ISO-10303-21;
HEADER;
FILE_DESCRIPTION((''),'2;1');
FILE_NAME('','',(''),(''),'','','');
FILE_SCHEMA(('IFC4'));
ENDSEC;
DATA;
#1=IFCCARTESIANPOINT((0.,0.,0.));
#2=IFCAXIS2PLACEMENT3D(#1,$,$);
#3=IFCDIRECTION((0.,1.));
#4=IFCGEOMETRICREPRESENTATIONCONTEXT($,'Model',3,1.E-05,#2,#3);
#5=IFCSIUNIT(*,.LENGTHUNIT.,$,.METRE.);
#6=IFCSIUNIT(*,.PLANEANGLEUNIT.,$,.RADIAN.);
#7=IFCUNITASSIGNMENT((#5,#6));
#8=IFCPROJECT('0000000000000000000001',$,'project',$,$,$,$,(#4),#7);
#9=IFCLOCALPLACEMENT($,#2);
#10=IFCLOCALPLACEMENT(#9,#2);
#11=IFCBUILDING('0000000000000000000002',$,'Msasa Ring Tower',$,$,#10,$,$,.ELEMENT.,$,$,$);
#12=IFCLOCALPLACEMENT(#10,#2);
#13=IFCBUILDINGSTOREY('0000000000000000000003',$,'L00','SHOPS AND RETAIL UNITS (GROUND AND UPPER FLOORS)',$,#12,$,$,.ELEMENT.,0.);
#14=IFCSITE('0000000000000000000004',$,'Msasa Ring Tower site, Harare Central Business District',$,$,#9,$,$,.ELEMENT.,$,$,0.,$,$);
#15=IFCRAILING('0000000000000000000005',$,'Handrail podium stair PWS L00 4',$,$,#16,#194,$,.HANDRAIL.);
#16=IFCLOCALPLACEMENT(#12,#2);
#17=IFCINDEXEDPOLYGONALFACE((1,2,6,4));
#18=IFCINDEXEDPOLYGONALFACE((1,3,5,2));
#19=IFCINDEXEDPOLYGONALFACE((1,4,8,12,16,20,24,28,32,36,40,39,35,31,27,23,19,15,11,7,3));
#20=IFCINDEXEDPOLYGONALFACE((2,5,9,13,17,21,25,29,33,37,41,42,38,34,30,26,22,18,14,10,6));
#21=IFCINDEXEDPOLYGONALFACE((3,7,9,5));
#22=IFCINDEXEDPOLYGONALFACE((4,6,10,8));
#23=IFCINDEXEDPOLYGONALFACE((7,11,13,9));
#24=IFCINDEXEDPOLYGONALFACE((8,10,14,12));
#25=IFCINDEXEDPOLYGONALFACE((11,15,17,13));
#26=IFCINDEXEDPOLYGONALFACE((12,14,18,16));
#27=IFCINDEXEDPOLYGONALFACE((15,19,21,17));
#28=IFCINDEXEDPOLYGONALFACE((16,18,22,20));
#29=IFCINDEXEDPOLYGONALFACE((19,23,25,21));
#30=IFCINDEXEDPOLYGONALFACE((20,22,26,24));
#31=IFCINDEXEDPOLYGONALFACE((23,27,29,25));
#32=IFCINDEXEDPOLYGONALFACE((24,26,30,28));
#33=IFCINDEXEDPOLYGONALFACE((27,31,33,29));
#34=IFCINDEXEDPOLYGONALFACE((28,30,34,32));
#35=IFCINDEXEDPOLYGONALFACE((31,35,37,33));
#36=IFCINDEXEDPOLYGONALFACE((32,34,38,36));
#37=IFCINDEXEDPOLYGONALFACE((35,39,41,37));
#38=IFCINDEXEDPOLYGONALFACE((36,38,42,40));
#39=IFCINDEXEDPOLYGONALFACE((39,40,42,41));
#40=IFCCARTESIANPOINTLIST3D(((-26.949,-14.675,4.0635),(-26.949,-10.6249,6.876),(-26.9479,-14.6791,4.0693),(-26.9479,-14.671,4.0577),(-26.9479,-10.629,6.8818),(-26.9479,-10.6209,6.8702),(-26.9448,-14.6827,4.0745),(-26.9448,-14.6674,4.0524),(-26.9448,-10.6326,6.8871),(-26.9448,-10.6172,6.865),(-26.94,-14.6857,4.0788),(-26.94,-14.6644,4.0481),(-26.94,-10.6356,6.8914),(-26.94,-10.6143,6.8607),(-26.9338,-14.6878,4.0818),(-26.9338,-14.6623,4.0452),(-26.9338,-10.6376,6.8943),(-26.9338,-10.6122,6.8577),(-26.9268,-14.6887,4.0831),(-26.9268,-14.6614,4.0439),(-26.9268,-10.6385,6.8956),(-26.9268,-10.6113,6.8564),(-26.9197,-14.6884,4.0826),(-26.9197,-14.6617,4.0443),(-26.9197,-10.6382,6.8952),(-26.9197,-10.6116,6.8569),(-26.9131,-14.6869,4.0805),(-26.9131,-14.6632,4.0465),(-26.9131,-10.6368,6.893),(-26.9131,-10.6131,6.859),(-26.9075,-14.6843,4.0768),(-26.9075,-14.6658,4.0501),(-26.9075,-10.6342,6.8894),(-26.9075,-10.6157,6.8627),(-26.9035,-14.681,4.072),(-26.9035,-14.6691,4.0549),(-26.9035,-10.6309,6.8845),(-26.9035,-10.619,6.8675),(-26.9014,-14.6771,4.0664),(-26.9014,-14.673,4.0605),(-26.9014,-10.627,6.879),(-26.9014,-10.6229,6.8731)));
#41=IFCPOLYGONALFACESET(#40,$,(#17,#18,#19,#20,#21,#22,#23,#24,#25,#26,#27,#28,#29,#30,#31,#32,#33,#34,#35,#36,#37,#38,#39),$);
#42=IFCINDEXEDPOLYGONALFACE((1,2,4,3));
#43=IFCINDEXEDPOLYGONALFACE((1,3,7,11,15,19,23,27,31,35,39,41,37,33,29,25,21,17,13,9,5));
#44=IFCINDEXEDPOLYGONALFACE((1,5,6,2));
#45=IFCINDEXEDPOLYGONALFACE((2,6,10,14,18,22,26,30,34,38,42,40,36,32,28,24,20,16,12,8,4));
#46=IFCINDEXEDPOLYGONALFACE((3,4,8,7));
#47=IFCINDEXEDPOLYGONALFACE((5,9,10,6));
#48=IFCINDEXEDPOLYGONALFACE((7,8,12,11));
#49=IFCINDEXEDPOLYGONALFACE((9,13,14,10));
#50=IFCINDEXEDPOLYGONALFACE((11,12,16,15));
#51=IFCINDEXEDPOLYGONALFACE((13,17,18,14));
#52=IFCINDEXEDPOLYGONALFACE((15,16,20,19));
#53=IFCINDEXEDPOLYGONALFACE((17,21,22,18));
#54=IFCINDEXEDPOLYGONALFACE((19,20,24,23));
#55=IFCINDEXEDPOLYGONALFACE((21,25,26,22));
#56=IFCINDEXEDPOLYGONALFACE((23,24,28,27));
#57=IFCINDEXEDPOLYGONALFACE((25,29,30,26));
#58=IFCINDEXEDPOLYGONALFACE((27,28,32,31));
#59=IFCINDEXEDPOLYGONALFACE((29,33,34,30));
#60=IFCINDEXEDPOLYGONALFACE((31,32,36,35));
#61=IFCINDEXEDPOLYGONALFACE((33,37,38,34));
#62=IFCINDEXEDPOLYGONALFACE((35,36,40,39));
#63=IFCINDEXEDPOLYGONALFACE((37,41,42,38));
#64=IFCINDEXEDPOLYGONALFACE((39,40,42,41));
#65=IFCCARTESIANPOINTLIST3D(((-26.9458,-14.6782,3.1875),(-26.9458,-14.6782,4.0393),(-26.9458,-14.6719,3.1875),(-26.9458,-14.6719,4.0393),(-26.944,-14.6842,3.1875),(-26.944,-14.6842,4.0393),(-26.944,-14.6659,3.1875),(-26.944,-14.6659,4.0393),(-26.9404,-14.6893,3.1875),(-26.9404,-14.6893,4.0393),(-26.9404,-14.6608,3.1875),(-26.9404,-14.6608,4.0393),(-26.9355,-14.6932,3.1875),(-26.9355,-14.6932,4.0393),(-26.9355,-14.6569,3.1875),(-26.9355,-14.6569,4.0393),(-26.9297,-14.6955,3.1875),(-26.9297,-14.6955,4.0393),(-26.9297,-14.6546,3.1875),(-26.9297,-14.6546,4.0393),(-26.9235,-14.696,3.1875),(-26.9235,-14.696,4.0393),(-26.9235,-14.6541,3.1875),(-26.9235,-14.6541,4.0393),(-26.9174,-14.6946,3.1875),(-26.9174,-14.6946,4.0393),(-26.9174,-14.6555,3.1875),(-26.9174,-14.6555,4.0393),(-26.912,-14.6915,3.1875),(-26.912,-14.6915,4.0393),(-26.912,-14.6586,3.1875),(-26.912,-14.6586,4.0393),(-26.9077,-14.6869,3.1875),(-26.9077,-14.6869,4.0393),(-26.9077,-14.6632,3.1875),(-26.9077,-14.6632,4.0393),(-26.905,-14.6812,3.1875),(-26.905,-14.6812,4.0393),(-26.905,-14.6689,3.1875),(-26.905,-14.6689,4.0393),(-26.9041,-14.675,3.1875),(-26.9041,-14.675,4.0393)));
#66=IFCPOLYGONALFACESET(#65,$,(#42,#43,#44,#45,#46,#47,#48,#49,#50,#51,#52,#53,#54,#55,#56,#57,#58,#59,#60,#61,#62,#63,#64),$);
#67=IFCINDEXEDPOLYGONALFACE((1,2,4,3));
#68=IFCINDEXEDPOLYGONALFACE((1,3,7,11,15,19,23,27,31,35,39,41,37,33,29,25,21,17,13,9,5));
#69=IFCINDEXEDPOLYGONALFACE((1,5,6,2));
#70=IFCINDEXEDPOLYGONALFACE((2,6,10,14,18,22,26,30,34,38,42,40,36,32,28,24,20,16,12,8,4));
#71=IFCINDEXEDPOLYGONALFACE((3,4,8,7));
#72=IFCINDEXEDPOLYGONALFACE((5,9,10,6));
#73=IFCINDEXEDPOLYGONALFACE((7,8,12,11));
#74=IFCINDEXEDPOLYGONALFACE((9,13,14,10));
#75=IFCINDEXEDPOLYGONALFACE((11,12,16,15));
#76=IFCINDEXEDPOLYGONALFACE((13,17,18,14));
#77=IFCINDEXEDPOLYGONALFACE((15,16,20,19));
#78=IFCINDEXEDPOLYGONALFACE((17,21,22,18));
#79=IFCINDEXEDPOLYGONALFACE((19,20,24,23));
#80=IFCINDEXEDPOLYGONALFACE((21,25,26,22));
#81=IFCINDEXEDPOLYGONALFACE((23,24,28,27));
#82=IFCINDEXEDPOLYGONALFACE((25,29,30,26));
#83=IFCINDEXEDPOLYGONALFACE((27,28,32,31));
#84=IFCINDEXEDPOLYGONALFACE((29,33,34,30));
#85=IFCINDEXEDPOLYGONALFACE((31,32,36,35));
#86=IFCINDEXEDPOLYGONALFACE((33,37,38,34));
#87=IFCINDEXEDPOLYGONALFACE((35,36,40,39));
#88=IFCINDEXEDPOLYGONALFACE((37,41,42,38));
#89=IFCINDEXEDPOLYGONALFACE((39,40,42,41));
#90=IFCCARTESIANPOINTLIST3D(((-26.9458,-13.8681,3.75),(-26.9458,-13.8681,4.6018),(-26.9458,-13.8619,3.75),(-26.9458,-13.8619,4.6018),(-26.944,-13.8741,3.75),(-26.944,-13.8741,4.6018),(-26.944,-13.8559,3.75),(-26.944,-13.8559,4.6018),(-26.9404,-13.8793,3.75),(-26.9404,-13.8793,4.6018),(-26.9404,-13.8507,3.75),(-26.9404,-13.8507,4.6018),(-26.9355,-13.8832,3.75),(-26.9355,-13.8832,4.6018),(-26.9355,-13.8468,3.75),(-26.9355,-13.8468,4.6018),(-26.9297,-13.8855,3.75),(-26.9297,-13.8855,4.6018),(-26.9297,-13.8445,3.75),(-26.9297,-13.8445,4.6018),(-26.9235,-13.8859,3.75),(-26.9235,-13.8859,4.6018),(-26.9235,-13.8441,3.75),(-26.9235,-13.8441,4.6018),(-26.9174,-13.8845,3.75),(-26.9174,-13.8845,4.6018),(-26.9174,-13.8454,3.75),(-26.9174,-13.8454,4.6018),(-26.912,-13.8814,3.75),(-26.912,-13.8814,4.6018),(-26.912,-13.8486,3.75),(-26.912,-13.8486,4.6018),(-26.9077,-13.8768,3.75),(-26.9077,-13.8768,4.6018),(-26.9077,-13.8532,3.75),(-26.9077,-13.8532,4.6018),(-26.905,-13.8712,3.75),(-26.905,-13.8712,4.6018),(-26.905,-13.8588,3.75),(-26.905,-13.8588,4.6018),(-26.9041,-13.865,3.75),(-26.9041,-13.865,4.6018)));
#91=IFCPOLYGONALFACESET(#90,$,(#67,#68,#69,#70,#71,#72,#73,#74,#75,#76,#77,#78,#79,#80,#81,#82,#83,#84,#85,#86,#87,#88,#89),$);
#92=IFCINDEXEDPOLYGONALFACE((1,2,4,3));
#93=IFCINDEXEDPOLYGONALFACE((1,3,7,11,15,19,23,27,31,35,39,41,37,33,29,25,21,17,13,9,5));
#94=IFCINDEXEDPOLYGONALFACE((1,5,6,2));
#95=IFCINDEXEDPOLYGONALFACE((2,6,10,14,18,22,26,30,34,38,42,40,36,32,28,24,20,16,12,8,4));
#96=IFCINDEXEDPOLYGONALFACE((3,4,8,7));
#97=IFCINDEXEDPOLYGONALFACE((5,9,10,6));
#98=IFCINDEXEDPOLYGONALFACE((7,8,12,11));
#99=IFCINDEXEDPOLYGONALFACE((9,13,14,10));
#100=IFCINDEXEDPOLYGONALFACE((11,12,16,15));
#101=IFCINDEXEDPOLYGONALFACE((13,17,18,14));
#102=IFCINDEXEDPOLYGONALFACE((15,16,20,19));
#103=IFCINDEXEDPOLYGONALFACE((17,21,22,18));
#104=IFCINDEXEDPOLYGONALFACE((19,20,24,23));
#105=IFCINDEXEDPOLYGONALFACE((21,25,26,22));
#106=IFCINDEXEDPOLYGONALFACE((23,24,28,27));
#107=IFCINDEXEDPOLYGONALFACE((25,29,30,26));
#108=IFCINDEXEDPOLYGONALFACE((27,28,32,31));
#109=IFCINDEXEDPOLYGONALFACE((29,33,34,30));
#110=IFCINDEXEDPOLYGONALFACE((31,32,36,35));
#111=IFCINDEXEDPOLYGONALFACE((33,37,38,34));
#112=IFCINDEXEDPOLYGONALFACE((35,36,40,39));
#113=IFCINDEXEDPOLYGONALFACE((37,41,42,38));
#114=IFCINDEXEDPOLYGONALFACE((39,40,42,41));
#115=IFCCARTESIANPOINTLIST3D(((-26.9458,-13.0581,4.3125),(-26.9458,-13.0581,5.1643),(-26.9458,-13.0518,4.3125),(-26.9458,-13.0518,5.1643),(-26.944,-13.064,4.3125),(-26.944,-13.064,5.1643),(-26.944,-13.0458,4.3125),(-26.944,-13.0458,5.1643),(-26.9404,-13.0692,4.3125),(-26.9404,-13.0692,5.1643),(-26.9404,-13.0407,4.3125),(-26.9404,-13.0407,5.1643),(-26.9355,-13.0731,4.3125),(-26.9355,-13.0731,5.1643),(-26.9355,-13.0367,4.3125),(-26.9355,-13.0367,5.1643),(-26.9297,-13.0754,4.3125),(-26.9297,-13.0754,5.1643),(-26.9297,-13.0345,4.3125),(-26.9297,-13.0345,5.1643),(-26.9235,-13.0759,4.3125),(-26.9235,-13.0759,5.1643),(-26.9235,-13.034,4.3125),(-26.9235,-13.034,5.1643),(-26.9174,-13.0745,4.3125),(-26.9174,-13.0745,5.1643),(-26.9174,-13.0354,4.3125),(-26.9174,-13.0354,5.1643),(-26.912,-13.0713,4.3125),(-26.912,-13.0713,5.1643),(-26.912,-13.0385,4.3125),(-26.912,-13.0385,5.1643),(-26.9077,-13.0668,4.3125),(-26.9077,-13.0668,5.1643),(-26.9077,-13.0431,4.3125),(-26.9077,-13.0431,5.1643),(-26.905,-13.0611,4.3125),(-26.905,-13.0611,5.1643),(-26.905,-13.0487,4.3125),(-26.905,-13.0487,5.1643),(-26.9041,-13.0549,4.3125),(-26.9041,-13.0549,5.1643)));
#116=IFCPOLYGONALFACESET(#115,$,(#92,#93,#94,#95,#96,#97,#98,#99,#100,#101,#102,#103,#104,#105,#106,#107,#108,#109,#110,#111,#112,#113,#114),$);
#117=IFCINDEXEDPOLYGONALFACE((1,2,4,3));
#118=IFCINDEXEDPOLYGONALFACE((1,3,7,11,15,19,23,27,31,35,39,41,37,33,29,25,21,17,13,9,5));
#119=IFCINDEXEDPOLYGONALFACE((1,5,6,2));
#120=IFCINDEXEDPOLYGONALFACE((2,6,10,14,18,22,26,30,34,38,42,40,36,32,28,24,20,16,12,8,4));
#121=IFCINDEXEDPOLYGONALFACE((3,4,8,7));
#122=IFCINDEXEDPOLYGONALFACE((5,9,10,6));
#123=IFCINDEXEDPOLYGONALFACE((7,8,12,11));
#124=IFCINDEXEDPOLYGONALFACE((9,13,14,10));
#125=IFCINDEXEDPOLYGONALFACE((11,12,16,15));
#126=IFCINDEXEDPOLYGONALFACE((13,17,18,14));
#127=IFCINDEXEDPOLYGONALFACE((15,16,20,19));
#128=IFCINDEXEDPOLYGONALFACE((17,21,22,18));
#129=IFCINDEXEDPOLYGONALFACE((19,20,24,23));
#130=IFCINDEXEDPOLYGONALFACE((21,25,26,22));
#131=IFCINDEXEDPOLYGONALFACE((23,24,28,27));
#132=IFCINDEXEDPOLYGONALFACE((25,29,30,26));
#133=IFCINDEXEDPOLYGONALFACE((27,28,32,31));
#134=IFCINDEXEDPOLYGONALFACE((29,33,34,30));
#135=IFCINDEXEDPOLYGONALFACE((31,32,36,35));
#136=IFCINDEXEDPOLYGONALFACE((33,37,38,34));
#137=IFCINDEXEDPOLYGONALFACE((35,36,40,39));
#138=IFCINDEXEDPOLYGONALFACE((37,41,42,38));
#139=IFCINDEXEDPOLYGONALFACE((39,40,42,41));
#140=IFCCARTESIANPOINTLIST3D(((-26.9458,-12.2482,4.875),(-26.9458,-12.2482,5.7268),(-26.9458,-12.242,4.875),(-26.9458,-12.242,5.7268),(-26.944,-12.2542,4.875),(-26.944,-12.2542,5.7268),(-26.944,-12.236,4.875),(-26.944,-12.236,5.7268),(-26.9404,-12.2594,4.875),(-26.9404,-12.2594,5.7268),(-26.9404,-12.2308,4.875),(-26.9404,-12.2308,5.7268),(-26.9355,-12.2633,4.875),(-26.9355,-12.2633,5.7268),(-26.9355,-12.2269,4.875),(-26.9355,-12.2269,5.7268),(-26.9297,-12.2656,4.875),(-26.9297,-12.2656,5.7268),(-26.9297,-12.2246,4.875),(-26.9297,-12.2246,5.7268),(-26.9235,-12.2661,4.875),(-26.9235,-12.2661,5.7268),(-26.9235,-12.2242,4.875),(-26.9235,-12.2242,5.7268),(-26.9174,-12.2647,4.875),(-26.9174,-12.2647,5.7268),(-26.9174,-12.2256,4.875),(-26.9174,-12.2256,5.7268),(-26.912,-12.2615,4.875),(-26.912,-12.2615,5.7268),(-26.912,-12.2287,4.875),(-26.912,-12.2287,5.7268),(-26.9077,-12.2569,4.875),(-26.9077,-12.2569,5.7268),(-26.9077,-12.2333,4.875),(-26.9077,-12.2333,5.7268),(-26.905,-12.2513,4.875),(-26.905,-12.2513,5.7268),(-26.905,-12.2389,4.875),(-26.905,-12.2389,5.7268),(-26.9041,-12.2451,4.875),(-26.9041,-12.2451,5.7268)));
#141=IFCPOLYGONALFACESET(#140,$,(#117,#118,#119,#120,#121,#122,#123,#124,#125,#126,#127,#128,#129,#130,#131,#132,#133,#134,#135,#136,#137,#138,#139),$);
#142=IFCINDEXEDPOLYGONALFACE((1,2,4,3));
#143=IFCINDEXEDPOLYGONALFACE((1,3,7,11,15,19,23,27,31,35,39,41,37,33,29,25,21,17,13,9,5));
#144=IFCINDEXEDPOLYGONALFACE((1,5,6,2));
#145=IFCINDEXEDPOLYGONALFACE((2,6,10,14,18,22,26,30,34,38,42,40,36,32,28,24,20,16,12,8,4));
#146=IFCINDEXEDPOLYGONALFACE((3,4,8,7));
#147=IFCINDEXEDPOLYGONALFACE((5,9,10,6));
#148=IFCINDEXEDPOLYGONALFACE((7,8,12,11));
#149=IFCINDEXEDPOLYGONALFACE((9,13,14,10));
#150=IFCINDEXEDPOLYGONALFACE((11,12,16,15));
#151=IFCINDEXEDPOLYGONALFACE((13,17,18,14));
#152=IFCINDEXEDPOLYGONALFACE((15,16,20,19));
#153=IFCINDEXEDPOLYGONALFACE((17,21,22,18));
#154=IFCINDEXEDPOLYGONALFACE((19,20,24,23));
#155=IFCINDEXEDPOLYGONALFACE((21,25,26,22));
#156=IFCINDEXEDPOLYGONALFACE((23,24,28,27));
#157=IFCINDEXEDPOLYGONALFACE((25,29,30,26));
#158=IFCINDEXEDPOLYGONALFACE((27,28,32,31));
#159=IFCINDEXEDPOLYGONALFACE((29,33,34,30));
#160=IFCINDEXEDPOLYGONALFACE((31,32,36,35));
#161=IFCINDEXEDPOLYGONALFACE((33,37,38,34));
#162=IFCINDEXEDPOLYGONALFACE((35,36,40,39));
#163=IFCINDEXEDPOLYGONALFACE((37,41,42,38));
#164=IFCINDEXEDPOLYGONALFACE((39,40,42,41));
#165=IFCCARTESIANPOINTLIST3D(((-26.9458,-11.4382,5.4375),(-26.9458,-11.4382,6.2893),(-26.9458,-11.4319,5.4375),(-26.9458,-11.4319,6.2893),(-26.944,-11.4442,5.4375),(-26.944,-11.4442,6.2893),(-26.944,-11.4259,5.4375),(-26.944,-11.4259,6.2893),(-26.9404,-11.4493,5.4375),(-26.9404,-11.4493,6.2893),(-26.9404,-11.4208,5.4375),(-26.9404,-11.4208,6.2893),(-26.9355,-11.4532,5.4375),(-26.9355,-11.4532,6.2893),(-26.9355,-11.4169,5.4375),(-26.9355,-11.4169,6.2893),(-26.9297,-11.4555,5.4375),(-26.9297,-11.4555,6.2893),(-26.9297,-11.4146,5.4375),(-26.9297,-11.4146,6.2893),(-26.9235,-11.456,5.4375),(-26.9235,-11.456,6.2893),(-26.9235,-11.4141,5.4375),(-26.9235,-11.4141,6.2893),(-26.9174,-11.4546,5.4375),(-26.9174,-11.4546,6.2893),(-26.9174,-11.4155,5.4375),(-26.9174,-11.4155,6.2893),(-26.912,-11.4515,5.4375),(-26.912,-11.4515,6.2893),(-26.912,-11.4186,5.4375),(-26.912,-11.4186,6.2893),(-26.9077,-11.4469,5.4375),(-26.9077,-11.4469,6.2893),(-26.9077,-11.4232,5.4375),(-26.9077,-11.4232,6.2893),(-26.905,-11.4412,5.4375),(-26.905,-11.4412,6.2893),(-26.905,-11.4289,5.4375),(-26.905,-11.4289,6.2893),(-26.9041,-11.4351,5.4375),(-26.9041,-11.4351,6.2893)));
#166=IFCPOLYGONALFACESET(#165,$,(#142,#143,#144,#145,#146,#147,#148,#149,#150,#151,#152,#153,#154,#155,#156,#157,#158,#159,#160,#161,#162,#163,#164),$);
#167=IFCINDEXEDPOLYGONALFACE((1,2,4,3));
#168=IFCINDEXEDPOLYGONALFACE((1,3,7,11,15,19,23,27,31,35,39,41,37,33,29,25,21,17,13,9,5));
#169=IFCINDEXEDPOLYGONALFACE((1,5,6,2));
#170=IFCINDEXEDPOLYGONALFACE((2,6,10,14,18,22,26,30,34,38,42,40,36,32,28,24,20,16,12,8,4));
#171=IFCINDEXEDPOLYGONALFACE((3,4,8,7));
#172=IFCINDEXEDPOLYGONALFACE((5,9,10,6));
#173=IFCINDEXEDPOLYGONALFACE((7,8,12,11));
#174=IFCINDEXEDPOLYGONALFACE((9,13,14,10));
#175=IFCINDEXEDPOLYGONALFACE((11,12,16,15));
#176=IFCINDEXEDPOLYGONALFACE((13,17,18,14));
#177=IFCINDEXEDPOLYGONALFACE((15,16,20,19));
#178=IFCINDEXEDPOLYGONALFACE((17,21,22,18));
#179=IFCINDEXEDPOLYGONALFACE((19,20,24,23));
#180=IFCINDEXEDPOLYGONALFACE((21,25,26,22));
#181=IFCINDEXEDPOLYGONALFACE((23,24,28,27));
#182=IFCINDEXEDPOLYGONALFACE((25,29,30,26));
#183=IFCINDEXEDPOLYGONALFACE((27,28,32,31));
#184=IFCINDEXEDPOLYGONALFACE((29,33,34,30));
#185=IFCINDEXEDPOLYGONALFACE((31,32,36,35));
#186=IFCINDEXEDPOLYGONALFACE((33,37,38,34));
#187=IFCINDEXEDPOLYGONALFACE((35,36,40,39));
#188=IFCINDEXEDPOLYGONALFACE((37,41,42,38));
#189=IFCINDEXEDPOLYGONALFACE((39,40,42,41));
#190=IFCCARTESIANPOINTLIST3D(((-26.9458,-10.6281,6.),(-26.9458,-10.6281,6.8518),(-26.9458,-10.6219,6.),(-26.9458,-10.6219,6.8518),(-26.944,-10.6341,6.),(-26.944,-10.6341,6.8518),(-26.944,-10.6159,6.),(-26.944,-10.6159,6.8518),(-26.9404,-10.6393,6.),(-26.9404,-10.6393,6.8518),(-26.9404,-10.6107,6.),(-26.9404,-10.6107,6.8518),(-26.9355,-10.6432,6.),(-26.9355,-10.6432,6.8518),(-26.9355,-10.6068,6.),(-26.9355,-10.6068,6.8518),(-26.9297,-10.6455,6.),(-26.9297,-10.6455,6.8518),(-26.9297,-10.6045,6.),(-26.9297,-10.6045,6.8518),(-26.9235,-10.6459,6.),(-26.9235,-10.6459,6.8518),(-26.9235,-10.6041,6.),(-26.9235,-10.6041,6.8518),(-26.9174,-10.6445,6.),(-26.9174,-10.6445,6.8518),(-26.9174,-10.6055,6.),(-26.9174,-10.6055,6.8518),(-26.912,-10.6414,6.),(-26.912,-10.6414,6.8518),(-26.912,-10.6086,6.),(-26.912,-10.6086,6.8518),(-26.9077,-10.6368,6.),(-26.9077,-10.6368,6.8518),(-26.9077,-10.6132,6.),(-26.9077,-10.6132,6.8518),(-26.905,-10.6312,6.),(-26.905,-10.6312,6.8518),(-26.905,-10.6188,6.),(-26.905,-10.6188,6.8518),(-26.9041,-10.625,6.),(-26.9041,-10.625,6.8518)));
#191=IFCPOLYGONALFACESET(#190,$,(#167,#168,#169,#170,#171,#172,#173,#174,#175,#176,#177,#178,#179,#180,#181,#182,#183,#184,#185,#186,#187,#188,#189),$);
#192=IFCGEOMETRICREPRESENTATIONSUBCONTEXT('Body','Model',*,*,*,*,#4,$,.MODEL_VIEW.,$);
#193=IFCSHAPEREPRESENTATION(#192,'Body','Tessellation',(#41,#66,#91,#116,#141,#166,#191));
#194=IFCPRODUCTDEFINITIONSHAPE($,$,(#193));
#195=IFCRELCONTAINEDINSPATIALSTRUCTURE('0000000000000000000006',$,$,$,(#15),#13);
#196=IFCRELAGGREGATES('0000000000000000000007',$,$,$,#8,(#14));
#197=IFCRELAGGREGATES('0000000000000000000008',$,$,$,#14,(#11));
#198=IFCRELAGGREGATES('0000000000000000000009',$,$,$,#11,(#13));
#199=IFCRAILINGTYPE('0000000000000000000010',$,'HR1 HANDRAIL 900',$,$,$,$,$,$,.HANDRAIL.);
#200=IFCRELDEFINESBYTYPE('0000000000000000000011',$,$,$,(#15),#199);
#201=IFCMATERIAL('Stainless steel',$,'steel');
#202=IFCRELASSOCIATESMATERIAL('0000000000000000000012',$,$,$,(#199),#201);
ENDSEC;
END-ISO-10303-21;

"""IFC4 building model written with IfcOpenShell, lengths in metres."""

from ifc_helpers import new_model, si_unit, direction, frame, origin, origin_2d, place, context, subcontext, project, spatial, circle, extrude, material, type_object, element, save


model = new_model("IFC4")

# Units and contexts
model_context = context("Model", 3, precision=1e-05, world=origin(), true_north=direction((0.0, 1.0)))
body_context = subcontext(model_context, "Body", "Model", "MODEL_VIEW")
ifc_project = project(units=[si_unit("LENGTHUNIT", "METRE"), si_unit("PLANEANGLEUNIT", "RADIAN")], contexts=[model_context])

# Site, building, storey
site_placement = place(None, origin())
site = spatial("IfcSite", under=ifc_project, at=site_placement, Name="Msasa Ring Tower site, Harare Central Business District", CompositionType="ELEMENT", RefElevation=0.0)
building_placement = place(site_placement, origin())
building = spatial("IfcBuilding", under=site, at=building_placement, Name="Msasa Ring Tower", CompositionType="ELEMENT")
storey_placement = place(building_placement, origin())
storey = spatial("IfcBuildingStorey", under=building, at=storey_placement, Name="L00", Description="SHOPS AND RETAIL UNITS (GROUND AND UPPER FLOORS)", CompositionType="ELEMENT", Elevation=0.0)

# Railing
ifc_material_1 = material(Name="Stainless steel", Category="steel")
railing_type = type_object("IfcRailingType", Name="HR1 HANDRAIL 900", PredefinedType="HANDRAIL", material=ifc_material_1)
for number, where, name in (
    (1, (-26.925, -14.675, 3.1875), "Handrail podium stair PWS L00 4"),
):
    element("IfcRailing", number, at=place(storey_placement, frame(where)), inside=storey, type_object=railing_type, Name=name, PredefinedType="HANDRAIL", context=body_context, shape_type="SweptSolid", body=[
        extrude(circle(Radius=0.0239, at=origin_2d()), frame((0.0, 0.0, 0.876), z_axis=(0.0, 0.821373, 0.570391), x_axis=(-1.0, 0.0, 0.0)), (0.0, 0.0, 1.0), 4.9309),
        extrude(circle(Radius=0.021, at=origin_2d()), origin(), (0.0, 0.0, 1.0), 0.8518),
        extrude(circle(Radius=0.021, at=origin_2d()), frame((0.0, 0.8101, 0.5625)), (0.0, 0.0, 1.0), 0.8518),
        extrude(circle(Radius=0.021, at=origin_2d()), frame((0.0, 1.6201, 1.125)), (0.0, 0.0, 1.0), 0.8518),
        extrude(circle(Radius=0.021, at=origin_2d()), frame((0.0, 2.4299, 1.6875)), (0.0, 0.0, 1.0), 0.8518),
        extrude(circle(Radius=0.021, at=origin_2d()), frame((0.0, 3.24, 2.25)), (0.0, 0.0, 1.0), 0.8518),
        extrude(circle(Radius=0.021, at=origin_2d()), frame((0.0, 4.05, 2.8125)), (0.0, 0.0, 1.0), 0.8518),
    ])

save(model, "model.ifc")
